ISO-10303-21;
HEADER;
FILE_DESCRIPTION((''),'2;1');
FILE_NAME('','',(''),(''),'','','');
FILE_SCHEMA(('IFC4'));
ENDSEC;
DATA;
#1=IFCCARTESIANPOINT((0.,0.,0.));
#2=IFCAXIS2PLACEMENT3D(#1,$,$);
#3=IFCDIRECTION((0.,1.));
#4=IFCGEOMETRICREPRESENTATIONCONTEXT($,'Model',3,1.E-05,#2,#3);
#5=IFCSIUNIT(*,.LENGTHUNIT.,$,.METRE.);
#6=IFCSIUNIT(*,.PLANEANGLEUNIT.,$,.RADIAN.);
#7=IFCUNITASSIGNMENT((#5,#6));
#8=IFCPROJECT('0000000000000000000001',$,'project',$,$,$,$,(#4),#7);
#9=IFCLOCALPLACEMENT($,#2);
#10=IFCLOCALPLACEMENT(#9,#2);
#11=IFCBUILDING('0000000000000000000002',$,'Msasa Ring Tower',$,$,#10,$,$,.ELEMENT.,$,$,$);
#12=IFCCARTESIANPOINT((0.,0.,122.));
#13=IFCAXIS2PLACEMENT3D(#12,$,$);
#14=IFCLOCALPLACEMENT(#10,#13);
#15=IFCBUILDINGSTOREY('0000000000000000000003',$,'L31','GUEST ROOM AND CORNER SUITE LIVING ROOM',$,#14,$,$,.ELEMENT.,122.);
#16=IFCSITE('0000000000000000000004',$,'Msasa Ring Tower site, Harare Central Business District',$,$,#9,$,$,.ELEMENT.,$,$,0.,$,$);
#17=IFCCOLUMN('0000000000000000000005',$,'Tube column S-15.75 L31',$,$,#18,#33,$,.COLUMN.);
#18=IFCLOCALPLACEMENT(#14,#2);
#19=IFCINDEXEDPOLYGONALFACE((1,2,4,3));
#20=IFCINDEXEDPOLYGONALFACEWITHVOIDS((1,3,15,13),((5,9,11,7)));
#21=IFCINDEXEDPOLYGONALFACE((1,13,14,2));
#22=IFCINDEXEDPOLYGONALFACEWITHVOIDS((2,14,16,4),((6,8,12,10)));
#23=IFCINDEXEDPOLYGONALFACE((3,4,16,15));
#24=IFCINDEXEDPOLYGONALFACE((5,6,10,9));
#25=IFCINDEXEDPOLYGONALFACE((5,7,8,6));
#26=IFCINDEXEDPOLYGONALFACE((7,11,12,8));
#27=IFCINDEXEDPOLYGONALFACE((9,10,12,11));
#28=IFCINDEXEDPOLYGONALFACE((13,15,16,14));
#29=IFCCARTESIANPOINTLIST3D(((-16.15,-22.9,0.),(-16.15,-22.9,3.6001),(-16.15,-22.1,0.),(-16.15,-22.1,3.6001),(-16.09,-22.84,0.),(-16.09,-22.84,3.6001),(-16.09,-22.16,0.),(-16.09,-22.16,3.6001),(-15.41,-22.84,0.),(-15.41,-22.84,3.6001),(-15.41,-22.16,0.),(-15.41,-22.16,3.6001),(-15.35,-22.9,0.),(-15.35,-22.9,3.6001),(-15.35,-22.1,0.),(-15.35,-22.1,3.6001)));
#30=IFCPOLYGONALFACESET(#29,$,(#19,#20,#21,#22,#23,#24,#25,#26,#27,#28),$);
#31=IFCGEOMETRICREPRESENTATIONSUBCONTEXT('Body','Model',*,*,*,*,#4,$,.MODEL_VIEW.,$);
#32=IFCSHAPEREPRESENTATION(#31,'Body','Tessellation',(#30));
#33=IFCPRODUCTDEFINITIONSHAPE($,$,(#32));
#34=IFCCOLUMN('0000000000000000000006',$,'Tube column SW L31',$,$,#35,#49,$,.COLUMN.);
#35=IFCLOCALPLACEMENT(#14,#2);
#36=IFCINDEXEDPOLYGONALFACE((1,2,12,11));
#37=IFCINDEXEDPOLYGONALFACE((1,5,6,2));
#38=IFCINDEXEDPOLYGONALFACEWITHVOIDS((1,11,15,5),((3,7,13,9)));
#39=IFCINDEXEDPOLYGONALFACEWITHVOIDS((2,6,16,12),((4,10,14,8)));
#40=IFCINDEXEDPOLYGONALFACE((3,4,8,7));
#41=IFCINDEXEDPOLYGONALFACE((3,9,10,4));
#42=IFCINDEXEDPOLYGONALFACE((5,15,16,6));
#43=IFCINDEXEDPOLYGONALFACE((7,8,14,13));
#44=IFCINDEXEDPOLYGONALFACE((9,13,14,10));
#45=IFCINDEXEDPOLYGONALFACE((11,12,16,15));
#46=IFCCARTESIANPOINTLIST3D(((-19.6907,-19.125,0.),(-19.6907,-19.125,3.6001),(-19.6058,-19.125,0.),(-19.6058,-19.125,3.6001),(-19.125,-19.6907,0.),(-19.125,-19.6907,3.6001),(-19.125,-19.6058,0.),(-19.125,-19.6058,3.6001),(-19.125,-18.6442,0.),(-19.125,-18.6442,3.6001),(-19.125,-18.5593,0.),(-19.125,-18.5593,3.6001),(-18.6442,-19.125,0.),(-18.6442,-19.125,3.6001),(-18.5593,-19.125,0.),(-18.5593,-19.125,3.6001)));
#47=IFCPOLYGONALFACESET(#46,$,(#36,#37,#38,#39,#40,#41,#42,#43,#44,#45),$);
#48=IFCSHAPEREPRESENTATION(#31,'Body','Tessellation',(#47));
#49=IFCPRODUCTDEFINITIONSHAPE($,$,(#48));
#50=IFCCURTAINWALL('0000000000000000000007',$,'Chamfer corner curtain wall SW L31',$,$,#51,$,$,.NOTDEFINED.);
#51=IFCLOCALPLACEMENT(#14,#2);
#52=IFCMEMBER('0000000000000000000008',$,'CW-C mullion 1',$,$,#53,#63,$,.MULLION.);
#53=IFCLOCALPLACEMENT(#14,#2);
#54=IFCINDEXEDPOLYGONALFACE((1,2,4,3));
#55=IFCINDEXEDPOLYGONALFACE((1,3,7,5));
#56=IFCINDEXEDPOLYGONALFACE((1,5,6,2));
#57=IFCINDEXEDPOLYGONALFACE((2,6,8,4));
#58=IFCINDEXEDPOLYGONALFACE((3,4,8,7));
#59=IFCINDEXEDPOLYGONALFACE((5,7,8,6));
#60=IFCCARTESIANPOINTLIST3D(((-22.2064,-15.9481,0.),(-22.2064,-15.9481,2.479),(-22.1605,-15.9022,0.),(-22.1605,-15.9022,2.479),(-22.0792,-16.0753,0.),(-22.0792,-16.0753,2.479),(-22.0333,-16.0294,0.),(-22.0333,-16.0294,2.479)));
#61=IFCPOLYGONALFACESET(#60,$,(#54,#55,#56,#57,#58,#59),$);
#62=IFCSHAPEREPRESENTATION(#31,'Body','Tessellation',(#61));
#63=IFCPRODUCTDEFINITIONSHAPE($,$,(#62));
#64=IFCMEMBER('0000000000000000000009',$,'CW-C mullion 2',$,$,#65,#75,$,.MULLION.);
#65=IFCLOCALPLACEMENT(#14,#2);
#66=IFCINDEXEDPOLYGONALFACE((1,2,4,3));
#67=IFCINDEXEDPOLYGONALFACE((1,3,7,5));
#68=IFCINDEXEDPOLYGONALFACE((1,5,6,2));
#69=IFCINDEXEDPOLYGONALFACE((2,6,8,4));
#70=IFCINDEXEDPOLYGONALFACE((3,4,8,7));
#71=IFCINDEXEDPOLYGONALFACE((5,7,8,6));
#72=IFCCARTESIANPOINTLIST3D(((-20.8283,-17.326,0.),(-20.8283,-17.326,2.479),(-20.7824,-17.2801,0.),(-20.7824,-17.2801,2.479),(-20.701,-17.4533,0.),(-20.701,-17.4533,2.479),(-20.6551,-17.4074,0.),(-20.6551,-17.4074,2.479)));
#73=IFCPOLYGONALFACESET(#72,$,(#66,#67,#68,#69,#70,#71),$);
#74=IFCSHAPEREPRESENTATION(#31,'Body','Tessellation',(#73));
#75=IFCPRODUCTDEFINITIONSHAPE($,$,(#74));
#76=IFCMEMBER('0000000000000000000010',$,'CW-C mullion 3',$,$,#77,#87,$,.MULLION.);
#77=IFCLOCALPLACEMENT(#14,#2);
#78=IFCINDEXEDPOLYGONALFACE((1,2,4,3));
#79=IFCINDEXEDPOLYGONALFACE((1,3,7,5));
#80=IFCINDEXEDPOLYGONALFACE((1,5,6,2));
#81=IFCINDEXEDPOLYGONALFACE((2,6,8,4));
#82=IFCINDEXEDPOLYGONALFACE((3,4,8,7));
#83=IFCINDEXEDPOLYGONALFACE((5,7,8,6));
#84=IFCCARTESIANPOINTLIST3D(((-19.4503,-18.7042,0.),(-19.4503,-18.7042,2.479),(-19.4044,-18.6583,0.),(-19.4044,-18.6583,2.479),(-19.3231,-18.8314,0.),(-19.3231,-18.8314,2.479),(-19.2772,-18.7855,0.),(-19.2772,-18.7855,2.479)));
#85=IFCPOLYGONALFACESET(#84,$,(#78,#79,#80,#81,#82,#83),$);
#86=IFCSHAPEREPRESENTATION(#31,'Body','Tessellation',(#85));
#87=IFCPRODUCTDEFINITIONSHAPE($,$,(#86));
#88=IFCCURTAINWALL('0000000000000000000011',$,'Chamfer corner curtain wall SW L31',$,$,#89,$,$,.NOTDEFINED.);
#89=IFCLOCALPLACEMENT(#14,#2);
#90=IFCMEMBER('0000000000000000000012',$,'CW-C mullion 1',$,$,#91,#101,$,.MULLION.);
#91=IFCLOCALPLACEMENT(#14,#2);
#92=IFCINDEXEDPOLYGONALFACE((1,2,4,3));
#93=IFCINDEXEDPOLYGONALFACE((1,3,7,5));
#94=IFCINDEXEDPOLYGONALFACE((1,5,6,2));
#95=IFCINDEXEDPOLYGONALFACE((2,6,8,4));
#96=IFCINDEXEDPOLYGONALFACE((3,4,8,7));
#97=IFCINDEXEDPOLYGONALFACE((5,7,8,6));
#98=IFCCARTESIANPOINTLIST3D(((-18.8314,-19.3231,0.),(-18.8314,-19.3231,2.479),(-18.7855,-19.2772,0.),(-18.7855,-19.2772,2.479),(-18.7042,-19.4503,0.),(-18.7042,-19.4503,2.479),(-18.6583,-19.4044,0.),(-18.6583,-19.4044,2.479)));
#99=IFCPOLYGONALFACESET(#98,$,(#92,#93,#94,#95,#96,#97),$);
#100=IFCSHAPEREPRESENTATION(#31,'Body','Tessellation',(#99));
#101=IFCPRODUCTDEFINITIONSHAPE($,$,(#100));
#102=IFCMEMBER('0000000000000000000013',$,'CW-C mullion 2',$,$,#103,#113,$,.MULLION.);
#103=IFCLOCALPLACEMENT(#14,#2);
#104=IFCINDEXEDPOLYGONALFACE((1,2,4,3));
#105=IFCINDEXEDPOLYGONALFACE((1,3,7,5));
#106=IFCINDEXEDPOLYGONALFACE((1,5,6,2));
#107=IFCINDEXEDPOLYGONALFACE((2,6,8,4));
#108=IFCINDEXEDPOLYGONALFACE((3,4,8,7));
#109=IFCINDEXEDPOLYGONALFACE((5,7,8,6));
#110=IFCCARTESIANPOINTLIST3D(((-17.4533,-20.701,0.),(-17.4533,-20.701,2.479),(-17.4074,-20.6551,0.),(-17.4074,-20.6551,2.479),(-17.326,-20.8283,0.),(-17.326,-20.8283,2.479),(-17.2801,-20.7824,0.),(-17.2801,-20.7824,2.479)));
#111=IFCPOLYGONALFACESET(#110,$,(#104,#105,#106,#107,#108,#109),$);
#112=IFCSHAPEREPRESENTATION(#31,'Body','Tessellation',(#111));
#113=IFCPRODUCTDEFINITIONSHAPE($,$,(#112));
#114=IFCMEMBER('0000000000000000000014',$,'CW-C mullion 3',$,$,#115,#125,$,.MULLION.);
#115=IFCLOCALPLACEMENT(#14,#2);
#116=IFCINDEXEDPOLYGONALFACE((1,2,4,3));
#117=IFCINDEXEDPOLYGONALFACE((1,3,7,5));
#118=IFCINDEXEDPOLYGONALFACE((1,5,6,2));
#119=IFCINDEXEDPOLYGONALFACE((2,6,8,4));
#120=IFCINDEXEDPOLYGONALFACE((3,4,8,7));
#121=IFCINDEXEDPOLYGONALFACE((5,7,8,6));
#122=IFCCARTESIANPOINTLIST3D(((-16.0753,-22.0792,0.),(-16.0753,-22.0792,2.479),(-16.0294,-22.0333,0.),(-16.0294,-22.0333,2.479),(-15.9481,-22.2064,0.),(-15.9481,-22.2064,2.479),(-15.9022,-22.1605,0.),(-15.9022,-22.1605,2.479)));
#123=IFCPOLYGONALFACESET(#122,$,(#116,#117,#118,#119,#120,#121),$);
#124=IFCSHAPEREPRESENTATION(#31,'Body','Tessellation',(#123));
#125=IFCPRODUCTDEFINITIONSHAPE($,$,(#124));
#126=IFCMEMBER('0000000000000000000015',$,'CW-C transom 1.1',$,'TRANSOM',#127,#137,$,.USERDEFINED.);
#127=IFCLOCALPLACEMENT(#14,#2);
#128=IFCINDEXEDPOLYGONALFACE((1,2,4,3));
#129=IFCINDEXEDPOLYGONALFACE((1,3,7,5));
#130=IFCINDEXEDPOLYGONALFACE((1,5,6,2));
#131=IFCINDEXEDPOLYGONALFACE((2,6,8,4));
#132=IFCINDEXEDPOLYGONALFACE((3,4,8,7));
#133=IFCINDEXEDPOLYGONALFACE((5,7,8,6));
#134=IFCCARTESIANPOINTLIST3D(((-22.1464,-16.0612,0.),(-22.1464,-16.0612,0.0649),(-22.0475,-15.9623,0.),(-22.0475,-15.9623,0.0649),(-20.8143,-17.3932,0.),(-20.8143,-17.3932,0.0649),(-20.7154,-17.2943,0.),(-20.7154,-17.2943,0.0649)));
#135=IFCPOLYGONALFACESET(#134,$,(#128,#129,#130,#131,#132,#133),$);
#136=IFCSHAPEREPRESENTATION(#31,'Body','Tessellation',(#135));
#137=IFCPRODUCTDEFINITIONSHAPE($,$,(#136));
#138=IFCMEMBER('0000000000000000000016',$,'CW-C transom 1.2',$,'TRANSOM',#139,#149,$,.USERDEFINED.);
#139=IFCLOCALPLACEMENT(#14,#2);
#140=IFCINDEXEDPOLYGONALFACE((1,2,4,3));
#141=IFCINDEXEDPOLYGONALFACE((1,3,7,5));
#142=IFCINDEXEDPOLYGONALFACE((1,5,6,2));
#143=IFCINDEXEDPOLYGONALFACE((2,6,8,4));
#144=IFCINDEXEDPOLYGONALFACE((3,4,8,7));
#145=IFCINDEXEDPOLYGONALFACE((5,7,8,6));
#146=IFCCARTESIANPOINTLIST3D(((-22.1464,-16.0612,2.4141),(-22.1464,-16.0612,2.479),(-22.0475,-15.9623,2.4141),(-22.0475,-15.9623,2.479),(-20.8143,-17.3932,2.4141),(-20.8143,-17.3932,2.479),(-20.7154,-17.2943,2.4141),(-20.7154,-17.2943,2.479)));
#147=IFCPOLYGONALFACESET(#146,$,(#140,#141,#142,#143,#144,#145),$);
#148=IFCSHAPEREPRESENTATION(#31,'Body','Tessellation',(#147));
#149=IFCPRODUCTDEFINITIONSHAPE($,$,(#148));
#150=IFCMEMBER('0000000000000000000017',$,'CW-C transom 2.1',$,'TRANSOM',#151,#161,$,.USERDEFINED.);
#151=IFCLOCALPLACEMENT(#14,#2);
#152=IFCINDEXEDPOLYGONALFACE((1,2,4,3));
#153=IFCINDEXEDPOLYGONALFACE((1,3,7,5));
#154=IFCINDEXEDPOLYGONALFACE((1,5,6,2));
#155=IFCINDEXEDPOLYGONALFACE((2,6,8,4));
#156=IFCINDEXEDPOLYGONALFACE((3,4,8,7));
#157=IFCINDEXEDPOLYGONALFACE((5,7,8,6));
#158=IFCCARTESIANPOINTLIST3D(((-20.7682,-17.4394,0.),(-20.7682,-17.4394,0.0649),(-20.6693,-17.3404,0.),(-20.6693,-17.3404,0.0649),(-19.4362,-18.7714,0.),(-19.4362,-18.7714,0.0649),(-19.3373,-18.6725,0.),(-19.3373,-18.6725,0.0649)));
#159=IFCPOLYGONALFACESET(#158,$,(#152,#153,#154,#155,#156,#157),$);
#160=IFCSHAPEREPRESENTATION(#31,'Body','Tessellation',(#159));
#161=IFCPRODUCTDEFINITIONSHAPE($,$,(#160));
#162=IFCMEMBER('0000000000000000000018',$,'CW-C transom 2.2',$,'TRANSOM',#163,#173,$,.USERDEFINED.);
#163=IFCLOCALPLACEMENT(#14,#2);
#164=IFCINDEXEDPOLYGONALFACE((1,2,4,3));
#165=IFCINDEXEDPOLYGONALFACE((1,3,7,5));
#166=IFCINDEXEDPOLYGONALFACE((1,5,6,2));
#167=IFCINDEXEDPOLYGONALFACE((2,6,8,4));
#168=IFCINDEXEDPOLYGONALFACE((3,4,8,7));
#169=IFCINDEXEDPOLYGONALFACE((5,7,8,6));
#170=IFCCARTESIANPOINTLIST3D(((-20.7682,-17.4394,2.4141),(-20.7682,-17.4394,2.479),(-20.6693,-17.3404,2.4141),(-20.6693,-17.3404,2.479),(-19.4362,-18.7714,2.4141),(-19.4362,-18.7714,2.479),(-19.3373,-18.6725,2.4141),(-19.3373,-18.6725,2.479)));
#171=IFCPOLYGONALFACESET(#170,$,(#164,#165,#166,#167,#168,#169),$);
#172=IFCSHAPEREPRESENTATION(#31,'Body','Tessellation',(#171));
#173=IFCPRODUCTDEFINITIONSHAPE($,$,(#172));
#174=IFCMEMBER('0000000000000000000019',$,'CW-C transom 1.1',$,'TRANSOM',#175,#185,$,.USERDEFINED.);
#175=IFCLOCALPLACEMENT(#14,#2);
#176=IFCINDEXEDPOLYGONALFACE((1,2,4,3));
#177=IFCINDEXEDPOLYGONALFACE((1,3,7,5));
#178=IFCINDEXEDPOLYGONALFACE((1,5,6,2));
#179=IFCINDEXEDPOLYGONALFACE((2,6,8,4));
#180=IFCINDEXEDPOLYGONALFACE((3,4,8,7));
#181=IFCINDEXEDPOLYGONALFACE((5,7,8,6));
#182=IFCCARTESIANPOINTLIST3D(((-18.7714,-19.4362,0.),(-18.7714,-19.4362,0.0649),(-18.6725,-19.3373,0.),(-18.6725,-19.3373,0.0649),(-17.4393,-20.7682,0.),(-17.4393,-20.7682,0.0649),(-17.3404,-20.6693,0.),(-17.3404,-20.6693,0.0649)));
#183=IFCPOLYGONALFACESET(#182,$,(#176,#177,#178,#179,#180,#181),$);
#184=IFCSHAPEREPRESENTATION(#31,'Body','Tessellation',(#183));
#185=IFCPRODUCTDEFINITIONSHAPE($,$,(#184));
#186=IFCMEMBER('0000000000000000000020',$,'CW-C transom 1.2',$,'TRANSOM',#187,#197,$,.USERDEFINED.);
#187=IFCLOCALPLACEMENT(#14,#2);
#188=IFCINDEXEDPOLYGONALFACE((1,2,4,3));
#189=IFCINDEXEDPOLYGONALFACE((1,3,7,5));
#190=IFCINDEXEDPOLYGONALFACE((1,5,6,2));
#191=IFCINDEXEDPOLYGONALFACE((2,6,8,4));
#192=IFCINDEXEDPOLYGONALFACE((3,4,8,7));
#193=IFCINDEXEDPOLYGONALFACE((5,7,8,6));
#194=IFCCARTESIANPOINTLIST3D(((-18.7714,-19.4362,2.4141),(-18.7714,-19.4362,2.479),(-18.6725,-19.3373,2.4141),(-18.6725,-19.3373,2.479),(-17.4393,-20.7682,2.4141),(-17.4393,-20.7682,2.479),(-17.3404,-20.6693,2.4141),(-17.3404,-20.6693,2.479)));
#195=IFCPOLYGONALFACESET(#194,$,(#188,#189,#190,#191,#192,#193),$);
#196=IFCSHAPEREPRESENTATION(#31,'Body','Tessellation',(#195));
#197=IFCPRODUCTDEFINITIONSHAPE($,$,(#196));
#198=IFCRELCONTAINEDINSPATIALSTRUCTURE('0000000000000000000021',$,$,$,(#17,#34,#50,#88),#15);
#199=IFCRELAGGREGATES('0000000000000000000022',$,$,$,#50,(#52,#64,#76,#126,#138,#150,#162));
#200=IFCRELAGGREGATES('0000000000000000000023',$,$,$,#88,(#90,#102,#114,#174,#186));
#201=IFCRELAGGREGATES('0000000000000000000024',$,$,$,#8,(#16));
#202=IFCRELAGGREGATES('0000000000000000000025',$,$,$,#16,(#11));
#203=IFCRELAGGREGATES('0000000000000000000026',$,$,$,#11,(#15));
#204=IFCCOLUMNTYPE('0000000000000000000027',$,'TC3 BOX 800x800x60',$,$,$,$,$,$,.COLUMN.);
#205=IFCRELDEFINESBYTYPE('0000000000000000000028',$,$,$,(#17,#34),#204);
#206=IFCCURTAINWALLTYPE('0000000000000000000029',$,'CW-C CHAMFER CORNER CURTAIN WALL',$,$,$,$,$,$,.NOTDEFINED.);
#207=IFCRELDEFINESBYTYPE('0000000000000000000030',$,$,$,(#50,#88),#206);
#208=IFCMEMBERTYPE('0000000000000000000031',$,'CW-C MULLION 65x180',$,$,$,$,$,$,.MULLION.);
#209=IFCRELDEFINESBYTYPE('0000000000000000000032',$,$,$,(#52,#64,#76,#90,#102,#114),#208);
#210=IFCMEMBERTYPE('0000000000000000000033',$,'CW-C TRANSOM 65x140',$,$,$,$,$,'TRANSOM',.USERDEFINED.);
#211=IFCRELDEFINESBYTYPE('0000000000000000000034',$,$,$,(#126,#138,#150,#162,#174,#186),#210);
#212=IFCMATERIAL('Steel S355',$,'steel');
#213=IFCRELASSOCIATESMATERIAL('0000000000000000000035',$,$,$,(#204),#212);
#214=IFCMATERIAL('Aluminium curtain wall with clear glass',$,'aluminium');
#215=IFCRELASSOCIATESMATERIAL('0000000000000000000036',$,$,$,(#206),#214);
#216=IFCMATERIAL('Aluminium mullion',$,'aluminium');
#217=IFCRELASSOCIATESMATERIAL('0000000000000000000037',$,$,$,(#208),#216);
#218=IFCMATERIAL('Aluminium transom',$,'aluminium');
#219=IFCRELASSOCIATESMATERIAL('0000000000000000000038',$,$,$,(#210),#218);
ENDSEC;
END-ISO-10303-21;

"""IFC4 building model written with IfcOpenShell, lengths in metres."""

from ifc_helpers import new_model, si_unit, direction, frame, origin, origin_2d, place, context, subcontext, project, spatial, rectangle, hollow_rectangle, extrude, material, material_profile, profile_set, type_object, element, aggregate, save


model = new_model("IFC4")

# Units and contexts
model_context = context("Model", 3, precision=1e-05, world=origin(), true_north=direction((0.0, 1.0)))
body_context = subcontext(model_context, "Body", "Model", "MODEL_VIEW")
ifc_project = project(units=[si_unit("LENGTHUNIT", "METRE"), si_unit("PLANEANGLEUNIT", "RADIAN")], contexts=[model_context])

# Site, building, storey
site_placement = place(None, origin())
site = spatial("IfcSite", under=ifc_project, at=site_placement, Name="Msasa Ring Tower site, Harare Central Business District", CompositionType="ELEMENT", RefElevation=0.0)
building_placement = place(site_placement, origin())
building = spatial("IfcBuilding", under=site, at=building_placement, Name="Msasa Ring Tower", CompositionType="ELEMENT")
storey_placement = place(building_placement, frame((0.0, 0.0, 122.0)))
storey = spatial("IfcBuildingStorey", under=building, at=storey_placement, Name="L31", Description="GUEST ROOM AND CORNER SUITE LIVING ROOM", CompositionType="ELEMENT", Elevation=122.0)

# Columns
ifc_material_1 = material(Name="Steel S355", Category="steel")
ifc_material_profile_1 = material_profile(ifc_material_1, hollow_rectangle(XDim=0.8, YDim=0.8, WallThickness=0.0601, at=origin_2d()), Name="BOX 800x800x60")
ifc_profile_set_1 = profile_set([ifc_material_profile_1], Name="Steel S355")
column_type = type_object("IfcColumnType", Name="TC3 BOX 800x800x60", PredefinedType="COLUMN", material=ifc_profile_set_1)
for number, where, z_axis, x_axis, name in (
    (1, (-15.75, -22.5, 0.0), (0.0, 0.0, 1.0), (0.0, 1.0, 0.0), "Tube column S-15.75 L31"),
    (2, (-19.125, -19.125, 0.0), (0.0, 0.0, 1.0), (0.707107, 0.707107, 0.0), "Tube column SW L31"),
):
    element("IfcColumn", number, at=place(storey_placement, frame(where, z_axis=z_axis, x_axis=x_axis)), inside=storey, type_object=column_type, Name=name, PredefinedType="COLUMN", context=body_context, shape_type="SweptSolid", body=[
        extrude(hollow_rectangle(XDim=0.8, YDim=0.8, WallThickness=0.0601, at=origin_2d()), origin(), (0.0, 0.0, 1.0), 3.6001),
    ])

# Curtain walls, members
ifc_material_2 = material(Name="Aluminium curtain wall with clear glass", Category="aluminium")
curtain_wall_type = type_object("IfcCurtainWallType", Name="CW-C CHAMFER CORNER CURTAIN WALL", PredefinedType="NOTDEFINED", material=ifc_material_2)
curtain_wall_1_placement = place(storey_placement, origin())
curtain_wall_1 = element("IfcCurtainWall", 3, at=curtain_wall_1_placement, inside=storey, type_object=curtain_wall_type, Name="Chamfer corner curtain wall SW L31", PredefinedType="NOTDEFINED")
ifc_material_3 = material(Name="Aluminium mullion", Category="aluminium")
ifc_material_profile_2 = material_profile(ifc_material_3, rectangle(XDim=0.0649, YDim=0.1799, at=origin_2d()), Name="AL 65x180")
ifc_profile_set_2 = profile_set([ifc_material_profile_2], Name="Aluminium mullion")
member_type_1 = type_object("IfcMemberType", Name="CW-C MULLION 65x180", PredefinedType="MULLION", material=ifc_profile_set_2)
member_1_placement = place(storey_placement, frame((-22.1199, -15.9888, 0.0), z_axis=(0.0, 0.0, 1.0), x_axis=(0.707107, 0.707107, 0.0)))
member_1 = element("IfcMember", 4, at=member_1_placement, type_object=member_type_1, Name="CW-C mullion 1", PredefinedType="MULLION", context=body_context, shape_type="SweptSolid", body=[
    extrude(rectangle(XDim=0.0649, YDim=0.1799, at=origin_2d()), origin(), (0.0, 0.0, 1.0), 2.479),
])
member_2_placement = place(storey_placement, frame((-20.7417, -17.3667, 0.0), z_axis=(0.0, 0.0, 1.0), x_axis=(0.707107, 0.707107, 0.0)))
member_2 = element("IfcMember", 5, at=member_2_placement, type_object=member_type_1, Name="CW-C mullion 2", PredefinedType="MULLION", context=body_context, shape_type="SweptSolid", body=[
    extrude(rectangle(XDim=0.0649, YDim=0.1799, at=origin_2d()), origin(), (0.0, 0.0, 1.0), 2.479),
])
member_3_placement = place(storey_placement, frame((-19.3638, -18.7449, 0.0), z_axis=(0.0, 0.0, 1.0), x_axis=(0.707107, 0.707107, 0.0)))
member_3 = element("IfcMember", 6, at=member_3_placement, type_object=member_type_1, Name="CW-C mullion 3", PredefinedType="MULLION", context=body_context, shape_type="SweptSolid", body=[
    extrude(rectangle(XDim=0.0649, YDim=0.1799, at=origin_2d()), origin(), (0.0, 0.0, 1.0), 2.479),
])
curtain_wall_2_placement = place(storey_placement, origin())
curtain_wall_2 = element("IfcCurtainWall", 7, at=curtain_wall_2_placement, inside=storey, type_object=curtain_wall_type, Name="Chamfer corner curtain wall SW L31", PredefinedType="NOTDEFINED")
member_4_placement = place(storey_placement, frame((-18.7449, -19.3638, 0.0), z_axis=(0.0, 0.0, 1.0), x_axis=(0.707107, 0.707107, 0.0)))
member_4 = element("IfcMember", 8, at=member_4_placement, type_object=member_type_1, Name="CW-C mullion 1", PredefinedType="MULLION", context=body_context, shape_type="SweptSolid", body=[
    extrude(rectangle(XDim=0.0649, YDim=0.1799, at=origin_2d()), origin(), (0.0, 0.0, 1.0), 2.479),
])
member_5_placement = place(storey_placement, frame((-17.3667, -20.7417, 0.0), z_axis=(0.0, 0.0, 1.0), x_axis=(0.707107, 0.707107, 0.0)))
member_5 = element("IfcMember", 9, at=member_5_placement, type_object=member_type_1, Name="CW-C mullion 2", PredefinedType="MULLION", context=body_context, shape_type="SweptSolid", body=[
    extrude(rectangle(XDim=0.0649, YDim=0.1799, at=origin_2d()), origin(), (0.0, 0.0, 1.0), 2.479),
])
member_6_placement = place(storey_placement, frame((-15.9888, -22.1199, 0.0), z_axis=(0.0, 0.0, 1.0), x_axis=(0.707107, 0.707107, 0.0)))
member_6 = element("IfcMember", 10, at=member_6_placement, type_object=member_type_1, Name="CW-C mullion 3", PredefinedType="MULLION", context=body_context, shape_type="SweptSolid", body=[
    extrude(rectangle(XDim=0.0649, YDim=0.1799, at=origin_2d()), origin(), (0.0, 0.0, 1.0), 2.479),
])

# Members
ifc_material_4 = material(Name="Aluminium transom", Category="aluminium")
ifc_material_profile_3 = material_profile(ifc_material_4, rectangle(XDim=0.1399, YDim=0.0649, at=origin_2d()), Name="AL 65x140")
ifc_profile_set_3 = profile_set([ifc_material_profile_3], Name="Aluminium transom")
member_type_2 = type_object("IfcMemberType", Name="CW-C TRANSOM 65x140", ElementType="TRANSOM", PredefinedType="USERDEFINED", material=ifc_profile_set_3)
member_7_placement = place(storey_placement, frame((-22.0969, -16.0117, 0.0325), z_axis=(0.707107, -0.707107, 0.0), x_axis=(0.707107, 0.707107, 0.0)))
member_7 = element("IfcMember", 11, at=member_7_placement, type_object=member_type_2, Name="CW-C transom 1.1", ObjectType="TRANSOM", PredefinedType="USERDEFINED", context=body_context, shape_type="SweptSolid", body=[
    extrude(rectangle(XDim=0.1399, YDim=0.0649, at=origin_2d()), origin(), (0.0, 0.0, 1.0), 1.8838),
])
member_8_placement = place(storey_placement, frame((-22.0969, -16.0117, 2.4465), z_axis=(0.707107, -0.707107, 0.0), x_axis=(0.707107, 0.707107, 0.0)))
member_8 = element("IfcMember", 12, at=member_8_placement, type_object=member_type_2, Name="CW-C transom 1.2", ObjectType="TRANSOM", PredefinedType="USERDEFINED", context=body_context, shape_type="SweptSolid", body=[
    extrude(rectangle(XDim=0.1399, YDim=0.0649, at=origin_2d()), origin(), (0.0, 0.0, 1.0), 1.8838),
])
member_9_placement = place(storey_placement, frame((-20.7188, -17.3899, 0.0325), z_axis=(0.707107, -0.707107, 0.0), x_axis=(0.707107, 0.707107, 0.0)))
member_9 = element("IfcMember", 13, at=member_9_placement, type_object=member_type_2, Name="CW-C transom 2.1", ObjectType="TRANSOM", PredefinedType="USERDEFINED", context=body_context, shape_type="SweptSolid", body=[
    extrude(rectangle(XDim=0.1399, YDim=0.0649, at=origin_2d()), origin(), (0.0, 0.0, 1.0), 1.8838),
])
member_10_placement = place(storey_placement, frame((-20.7188, -17.3899, 2.4465), z_axis=(0.707107, -0.707107, 0.0), x_axis=(0.707107, 0.707107, 0.0)))
member_10 = element("IfcMember", 14, at=member_10_placement, type_object=member_type_2, Name="CW-C transom 2.2", ObjectType="TRANSOM", PredefinedType="USERDEFINED", context=body_context, shape_type="SweptSolid", body=[
    extrude(rectangle(XDim=0.1399, YDim=0.0649, at=origin_2d()), origin(), (0.0, 0.0, 1.0), 1.8838),
])
member_11_placement = place(storey_placement, frame((-18.7219, -19.3867, 0.0325), z_axis=(0.707107, -0.707107, 0.0), x_axis=(0.707107, 0.707107, 0.0)))
member_11 = element("IfcMember", 15, at=member_11_placement, type_object=member_type_2, Name="CW-C transom 1.1", ObjectType="TRANSOM", PredefinedType="USERDEFINED", context=body_context, shape_type="SweptSolid", body=[
    extrude(rectangle(XDim=0.1399, YDim=0.0649, at=origin_2d()), origin(), (0.0, 0.0, 1.0), 1.8838),
])
member_12_placement = place(storey_placement, frame((-18.7219, -19.3867, 2.4465), z_axis=(0.707107, -0.707107, 0.0), x_axis=(0.707107, 0.707107, 0.0)))
member_12 = element("IfcMember", 16, at=member_12_placement, type_object=member_type_2, Name="CW-C transom 1.2", ObjectType="TRANSOM", PredefinedType="USERDEFINED", context=body_context, shape_type="SweptSolid", body=[
    extrude(rectangle(XDim=0.1399, YDim=0.0649, at=origin_2d()), origin(), (0.0, 0.0, 1.0), 1.8838),
])

aggregate(curtain_wall_1, [member_1, member_2, member_3, member_7, member_8, member_9, member_10])
aggregate(curtain_wall_2, [member_4, member_5, member_6, member_11, member_12])

save(model, "model.ifc")
